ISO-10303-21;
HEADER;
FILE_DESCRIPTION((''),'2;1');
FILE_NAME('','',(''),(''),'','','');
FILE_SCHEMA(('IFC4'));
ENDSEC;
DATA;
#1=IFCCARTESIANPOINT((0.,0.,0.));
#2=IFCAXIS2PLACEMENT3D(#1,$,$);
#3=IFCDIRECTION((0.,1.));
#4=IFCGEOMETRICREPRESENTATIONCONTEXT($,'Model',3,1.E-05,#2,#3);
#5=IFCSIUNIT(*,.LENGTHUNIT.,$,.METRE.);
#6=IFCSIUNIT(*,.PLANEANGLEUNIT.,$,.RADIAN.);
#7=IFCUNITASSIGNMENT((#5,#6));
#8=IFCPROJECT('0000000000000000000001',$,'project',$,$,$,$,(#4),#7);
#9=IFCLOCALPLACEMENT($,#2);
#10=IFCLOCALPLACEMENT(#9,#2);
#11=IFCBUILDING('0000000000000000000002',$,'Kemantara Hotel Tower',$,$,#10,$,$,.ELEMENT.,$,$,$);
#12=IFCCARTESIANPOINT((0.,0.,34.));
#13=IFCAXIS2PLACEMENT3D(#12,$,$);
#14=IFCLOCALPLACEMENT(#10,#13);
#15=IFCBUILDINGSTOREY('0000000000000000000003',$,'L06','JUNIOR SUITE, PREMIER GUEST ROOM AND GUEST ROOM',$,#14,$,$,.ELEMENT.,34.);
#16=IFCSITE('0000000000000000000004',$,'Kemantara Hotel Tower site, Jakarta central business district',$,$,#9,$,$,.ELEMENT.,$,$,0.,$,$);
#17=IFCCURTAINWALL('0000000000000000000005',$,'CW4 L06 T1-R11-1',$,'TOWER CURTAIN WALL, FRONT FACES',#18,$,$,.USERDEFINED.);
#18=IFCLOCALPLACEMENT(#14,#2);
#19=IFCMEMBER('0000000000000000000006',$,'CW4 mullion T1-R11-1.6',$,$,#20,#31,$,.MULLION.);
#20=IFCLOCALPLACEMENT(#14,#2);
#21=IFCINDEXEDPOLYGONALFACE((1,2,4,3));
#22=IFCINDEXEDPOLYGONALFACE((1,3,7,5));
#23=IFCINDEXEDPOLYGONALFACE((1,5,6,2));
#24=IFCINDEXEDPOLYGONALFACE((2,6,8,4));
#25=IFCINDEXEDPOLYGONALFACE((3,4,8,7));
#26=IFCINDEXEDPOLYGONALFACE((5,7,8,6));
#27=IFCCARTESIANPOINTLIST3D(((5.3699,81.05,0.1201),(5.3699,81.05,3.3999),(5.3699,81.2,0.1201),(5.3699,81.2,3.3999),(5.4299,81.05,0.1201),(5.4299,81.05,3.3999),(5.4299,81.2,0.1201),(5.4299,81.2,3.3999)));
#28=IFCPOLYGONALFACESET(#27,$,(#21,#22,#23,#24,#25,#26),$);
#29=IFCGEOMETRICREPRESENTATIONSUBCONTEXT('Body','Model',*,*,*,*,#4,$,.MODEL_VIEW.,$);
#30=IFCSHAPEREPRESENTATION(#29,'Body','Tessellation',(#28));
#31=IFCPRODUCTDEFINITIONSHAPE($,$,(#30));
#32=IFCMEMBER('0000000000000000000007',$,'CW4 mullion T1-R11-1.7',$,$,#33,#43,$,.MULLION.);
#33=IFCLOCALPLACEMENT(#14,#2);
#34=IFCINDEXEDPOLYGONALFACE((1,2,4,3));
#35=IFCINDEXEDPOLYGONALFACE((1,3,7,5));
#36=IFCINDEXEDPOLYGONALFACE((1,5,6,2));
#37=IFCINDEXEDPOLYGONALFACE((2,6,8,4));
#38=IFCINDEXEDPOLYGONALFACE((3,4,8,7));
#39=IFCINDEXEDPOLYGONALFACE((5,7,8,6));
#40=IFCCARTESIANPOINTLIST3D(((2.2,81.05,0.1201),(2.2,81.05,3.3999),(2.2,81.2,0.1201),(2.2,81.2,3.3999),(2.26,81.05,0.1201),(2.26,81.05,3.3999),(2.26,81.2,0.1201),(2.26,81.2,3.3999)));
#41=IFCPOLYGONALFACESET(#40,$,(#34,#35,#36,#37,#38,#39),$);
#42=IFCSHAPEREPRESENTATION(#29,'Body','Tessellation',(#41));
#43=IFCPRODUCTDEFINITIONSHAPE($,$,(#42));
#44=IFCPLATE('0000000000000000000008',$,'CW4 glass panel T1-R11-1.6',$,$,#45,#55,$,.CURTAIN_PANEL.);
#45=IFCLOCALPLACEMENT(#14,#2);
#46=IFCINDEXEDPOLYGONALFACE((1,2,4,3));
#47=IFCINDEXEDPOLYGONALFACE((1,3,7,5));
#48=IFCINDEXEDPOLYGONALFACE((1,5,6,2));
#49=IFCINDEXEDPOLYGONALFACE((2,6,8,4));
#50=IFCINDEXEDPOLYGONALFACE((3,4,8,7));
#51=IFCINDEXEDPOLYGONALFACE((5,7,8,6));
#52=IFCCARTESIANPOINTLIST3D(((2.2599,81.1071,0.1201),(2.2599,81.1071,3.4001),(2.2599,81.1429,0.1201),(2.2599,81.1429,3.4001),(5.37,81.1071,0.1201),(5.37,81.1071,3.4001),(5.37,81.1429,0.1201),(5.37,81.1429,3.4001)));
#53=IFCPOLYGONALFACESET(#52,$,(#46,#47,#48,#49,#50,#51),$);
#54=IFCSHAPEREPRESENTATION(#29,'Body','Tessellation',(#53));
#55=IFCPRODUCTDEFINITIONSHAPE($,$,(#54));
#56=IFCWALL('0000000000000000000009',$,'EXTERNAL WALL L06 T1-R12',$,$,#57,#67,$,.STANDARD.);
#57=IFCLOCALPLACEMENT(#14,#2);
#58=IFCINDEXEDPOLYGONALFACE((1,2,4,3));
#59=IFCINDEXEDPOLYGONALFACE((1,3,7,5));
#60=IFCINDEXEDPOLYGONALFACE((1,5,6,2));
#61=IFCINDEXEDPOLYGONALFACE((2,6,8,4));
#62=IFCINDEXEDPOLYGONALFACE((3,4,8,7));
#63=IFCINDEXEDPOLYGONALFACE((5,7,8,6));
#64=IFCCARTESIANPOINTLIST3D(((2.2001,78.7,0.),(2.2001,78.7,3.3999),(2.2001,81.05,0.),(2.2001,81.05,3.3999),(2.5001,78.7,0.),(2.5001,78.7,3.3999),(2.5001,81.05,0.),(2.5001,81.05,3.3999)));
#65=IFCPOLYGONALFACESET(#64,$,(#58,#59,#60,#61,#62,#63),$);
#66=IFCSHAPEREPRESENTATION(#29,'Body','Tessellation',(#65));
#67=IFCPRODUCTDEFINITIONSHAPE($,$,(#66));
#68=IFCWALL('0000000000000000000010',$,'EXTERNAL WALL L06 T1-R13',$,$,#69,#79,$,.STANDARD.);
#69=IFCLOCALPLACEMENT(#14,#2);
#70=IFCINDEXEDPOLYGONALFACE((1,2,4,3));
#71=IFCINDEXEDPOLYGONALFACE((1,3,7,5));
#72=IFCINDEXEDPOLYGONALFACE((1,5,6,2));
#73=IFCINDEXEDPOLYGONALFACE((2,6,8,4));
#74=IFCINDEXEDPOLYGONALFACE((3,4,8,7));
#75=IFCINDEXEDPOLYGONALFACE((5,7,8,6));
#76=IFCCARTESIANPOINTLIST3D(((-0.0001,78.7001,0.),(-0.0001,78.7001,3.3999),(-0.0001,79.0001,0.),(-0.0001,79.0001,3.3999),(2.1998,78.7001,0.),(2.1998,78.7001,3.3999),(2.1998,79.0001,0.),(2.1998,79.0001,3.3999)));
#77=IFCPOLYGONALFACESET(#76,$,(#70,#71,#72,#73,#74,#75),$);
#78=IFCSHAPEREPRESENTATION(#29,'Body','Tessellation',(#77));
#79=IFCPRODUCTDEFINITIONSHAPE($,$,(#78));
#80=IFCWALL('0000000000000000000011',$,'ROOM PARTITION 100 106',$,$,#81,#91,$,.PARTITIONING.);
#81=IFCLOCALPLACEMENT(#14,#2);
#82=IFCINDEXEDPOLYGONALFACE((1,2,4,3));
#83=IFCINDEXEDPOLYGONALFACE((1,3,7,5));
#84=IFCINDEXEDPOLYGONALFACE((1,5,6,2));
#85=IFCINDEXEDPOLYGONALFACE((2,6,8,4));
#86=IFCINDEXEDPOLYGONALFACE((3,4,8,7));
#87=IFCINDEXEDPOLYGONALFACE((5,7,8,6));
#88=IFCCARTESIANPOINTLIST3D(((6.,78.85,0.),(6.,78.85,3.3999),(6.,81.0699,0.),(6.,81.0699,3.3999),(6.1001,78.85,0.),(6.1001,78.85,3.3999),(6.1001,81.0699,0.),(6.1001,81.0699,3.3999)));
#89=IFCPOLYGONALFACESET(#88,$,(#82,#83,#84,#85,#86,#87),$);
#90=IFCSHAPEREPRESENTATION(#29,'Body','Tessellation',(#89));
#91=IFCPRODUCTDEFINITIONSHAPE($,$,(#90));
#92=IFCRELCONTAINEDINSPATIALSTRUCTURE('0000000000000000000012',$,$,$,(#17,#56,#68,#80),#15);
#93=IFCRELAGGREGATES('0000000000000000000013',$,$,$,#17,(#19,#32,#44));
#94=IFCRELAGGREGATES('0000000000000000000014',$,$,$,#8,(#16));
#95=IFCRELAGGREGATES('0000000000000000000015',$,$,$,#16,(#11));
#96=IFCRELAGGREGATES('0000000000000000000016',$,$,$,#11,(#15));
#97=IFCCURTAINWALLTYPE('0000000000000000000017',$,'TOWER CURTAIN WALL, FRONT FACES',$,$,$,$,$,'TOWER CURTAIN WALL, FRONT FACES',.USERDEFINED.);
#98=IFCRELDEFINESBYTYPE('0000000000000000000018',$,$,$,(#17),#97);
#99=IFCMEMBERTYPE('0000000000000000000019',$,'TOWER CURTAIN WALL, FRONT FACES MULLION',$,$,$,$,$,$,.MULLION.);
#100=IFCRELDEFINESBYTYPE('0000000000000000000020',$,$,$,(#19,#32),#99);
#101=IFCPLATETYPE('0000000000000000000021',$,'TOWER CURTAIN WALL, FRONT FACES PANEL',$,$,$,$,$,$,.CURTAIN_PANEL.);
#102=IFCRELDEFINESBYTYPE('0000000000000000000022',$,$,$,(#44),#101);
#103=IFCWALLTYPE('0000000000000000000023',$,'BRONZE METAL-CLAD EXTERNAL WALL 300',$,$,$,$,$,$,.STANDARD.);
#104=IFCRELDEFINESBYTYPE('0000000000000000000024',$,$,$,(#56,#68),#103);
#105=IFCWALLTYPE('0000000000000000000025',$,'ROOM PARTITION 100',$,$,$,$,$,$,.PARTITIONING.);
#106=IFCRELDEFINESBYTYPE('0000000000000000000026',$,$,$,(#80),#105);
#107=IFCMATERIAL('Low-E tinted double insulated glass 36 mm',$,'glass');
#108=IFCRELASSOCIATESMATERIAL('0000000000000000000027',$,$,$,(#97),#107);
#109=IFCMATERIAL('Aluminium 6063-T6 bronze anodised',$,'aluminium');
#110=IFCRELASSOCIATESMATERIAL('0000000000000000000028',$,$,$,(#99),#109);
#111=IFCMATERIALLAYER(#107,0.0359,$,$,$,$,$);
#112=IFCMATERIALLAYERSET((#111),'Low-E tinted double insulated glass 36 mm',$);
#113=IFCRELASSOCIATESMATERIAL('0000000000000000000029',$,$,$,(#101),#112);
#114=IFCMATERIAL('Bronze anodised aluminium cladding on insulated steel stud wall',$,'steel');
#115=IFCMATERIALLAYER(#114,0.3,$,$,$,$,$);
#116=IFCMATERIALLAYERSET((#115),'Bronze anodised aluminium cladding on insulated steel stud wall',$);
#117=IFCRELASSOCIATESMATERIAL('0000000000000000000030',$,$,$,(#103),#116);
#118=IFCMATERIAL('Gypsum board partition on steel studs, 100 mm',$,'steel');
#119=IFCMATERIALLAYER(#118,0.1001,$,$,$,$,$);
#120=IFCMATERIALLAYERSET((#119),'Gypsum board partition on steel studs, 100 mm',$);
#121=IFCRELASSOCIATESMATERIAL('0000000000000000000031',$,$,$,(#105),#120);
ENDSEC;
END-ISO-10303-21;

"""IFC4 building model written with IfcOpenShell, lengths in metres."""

from ifc_helpers import new_model, si_unit, direction, frame, frame_2d, origin, origin_2d, place, context, subcontext, project, spatial, rectangle, extrude, source, transform, mapped, material, layer, layer_set, material_profile, profile_set, type_object, element, aggregate, save


model = new_model("IFC4")

# Units and contexts
model_context = context("Model", 3, precision=1e-05, world=origin(), true_north=direction((0.0, 1.0)))
body_context = subcontext(model_context, "Body", "Model", "MODEL_VIEW")
ifc_project = project(units=[si_unit("LENGTHUNIT", "METRE"), si_unit("PLANEANGLEUNIT", "RADIAN")], contexts=[model_context])

# Site, building, storey
site_placement = place(None, origin())
site = spatial("IfcSite", under=ifc_project, at=site_placement, Name="Kemantara Hotel Tower site, Jakarta central business district", CompositionType="ELEMENT", RefElevation=0.0)
building_placement = place(site_placement, origin())
building = spatial("IfcBuilding", under=site, at=building_placement, Name="Kemantara Hotel Tower", CompositionType="ELEMENT")
storey_placement = place(building_placement, frame((0.0, 0.0, 34.0)))
storey = spatial("IfcBuildingStorey", under=building, at=storey_placement, Name="L06", Description="JUNIOR SUITE, PREMIER GUEST ROOM AND GUEST ROOM", CompositionType="ELEMENT", Elevation=34.0)

# Curtain wall, members, plate
ifc_material_1 = material(Name="Low-E tinted double insulated glass 36 mm", Category="glass")
curtain_wall_type = type_object("IfcCurtainWallType", Name="TOWER CURTAIN WALL, FRONT FACES", ElementType="TOWER CURTAIN WALL, FRONT FACES", PredefinedType="USERDEFINED", material=ifc_material_1)
curtain_wall_placement = place(storey_placement, origin())
curtain_wall = element("IfcCurtainWall", 1, at=curtain_wall_placement, inside=storey, type_object=curtain_wall_type, Name="CW4 L06 T1-R11-1", ObjectType="TOWER CURTAIN WALL, FRONT FACES", PredefinedType="USERDEFINED")
ifc_material_2 = material(Name="Aluminium 6063-T6 bronze anodised", Category="aluminium")
ifc_material_profile = material_profile(ifc_material_2, rectangle(XDim=0.1499, YDim=0.0601, at=origin_2d()), Name="TOWER CURTAIN WALL, FRONT FACES MULLION")
ifc_profile_set = profile_set([ifc_material_profile], Name="Aluminium 6063-T6 bronze anodised")
member_type = type_object("IfcMemberType", Name="TOWER CURTAIN WALL, FRONT FACES MULLION", PredefinedType="MULLION", material=ifc_profile_set)
shared_shape_1 = source(origin(), body_context, "Body", "SweptSolid", [
    extrude(rectangle(XDim=0.1499, YDim=0.0601, at=origin_2d()), origin(), (0.0, 0.0, 1.0), 3.2798),
])
member_1_placement = place(storey_placement, frame((5.3999, 81.125, 0.1201), z_axis=(0.0, 0.0, 1.0), x_axis=(0.0, -1.0, 0.0)))
member_1 = element("IfcMember", 2, at=member_1_placement, type_object=member_type, Name="CW4 mullion T1-R11-1.6", PredefinedType="MULLION", context=body_context, shape_type="MappedRepresentation", body=[
    mapped(shared_shape_1, transform((0.0, 0.0, 0.0))),
])
member_2_placement = place(storey_placement, frame((2.23, 81.125, 0.1201), z_axis=(0.0, 0.0, 1.0), x_axis=(0.0, -1.0, 0.0)))
member_2 = element("IfcMember", 3, at=member_2_placement, type_object=member_type, Name="CW4 mullion T1-R11-1.7", PredefinedType="MULLION", context=body_context, shape_type="MappedRepresentation", body=[
    mapped(shared_shape_1, transform((0.0, 0.0, 0.0))),
])
ifc_layer_1 = layer(ifc_material_1, 0.0359)
ifc_layer_set_1 = layer_set([ifc_layer_1], Name="Low-E tinted double insulated glass 36 mm")
plate_type = type_object("IfcPlateType", Name="TOWER CURTAIN WALL, FRONT FACES PANEL", PredefinedType="CURTAIN_PANEL", material=ifc_layer_set_1)
shared_shape_2 = source(origin(), body_context, "Body", "SweptSolid", [
    extrude(rectangle(XDim=3.1101, YDim=0.0359, at=origin_2d()), origin(), (0.0, 0.0, 1.0), 3.28),
])
plate_placement = place(storey_placement, frame((3.8149, 81.125, 0.1201), z_axis=(0.0, 0.0, 1.0), x_axis=(-1.0, 0.0, 0.0)))
plate = element("IfcPlate", 4, at=plate_placement, type_object=plate_type, Name="CW4 glass panel T1-R11-1.6", PredefinedType="CURTAIN_PANEL", context=body_context, shape_type="MappedRepresentation", body=[
    mapped(shared_shape_2, transform((0.0, 0.0, 0.0))),
])
aggregate(curtain_wall, [member_1, member_2, plate])

# Walls
ifc_material_3 = material(Name="Bronze anodised aluminium cladding on insulated steel stud wall", Category="steel")
ifc_layer_2 = layer(ifc_material_3, 0.3)
ifc_layer_set_2 = layer_set([ifc_layer_2], Name="Bronze anodised aluminium cladding on insulated steel stud wall")
wall_type_1 = type_object("IfcWallType", Name="BRONZE METAL-CLAD EXTERNAL WALL 300", PredefinedType="STANDARD", material=ifc_layer_set_2)
wall_1_placement = place(storey_placement, frame((2.3501, 81.05, 0.0), z_axis=(0.0, 0.0, 1.0), x_axis=(0.0, -1.0, 0.0)))
element("IfcWall", 5, at=wall_1_placement, inside=storey, type_object=wall_type_1, Name="EXTERNAL WALL L06 T1-R12", PredefinedType="STANDARD", context=body_context, shape_type="SweptSolid", body=[
    extrude(rectangle(XDim=2.3501, YDim=0.3, at=frame_2d((1.175, 0.0))), origin(), (0.0, 0.0, 1.0), 3.3999),
])
wall_2_placement = place(storey_placement, frame((2.2, 78.8501, 0.0), z_axis=(0.0, 0.0, 1.0), x_axis=(-1.0, 0.0, 0.0)))
element("IfcWall", 6, at=wall_2_placement, inside=storey, type_object=wall_type_1, Name="EXTERNAL WALL L06 T1-R13", PredefinedType="STANDARD", context=body_context, shape_type="SweptSolid", body=[
    extrude(rectangle(XDim=2.2, YDim=0.3, at=frame_2d((1.1001, 0.0))), origin(), (0.0, 0.0, 1.0), 3.3999),
])

# Wall
ifc_material_4 = material(Name="Gypsum board partition on steel studs, 100 mm", Category="steel")
ifc_layer_3 = layer(ifc_material_4, 0.1001)
ifc_layer_set_3 = layer_set([ifc_layer_3], Name="Gypsum board partition on steel studs, 100 mm")
wall_type_2 = type_object("IfcWallType", Name="ROOM PARTITION 100", PredefinedType="PARTITIONING", material=ifc_layer_set_3)
wall_3_placement = place(storey_placement, frame((6.05, 78.8501, 0.0), z_axis=(0.0, 0.0, 1.0), x_axis=(0.0, 1.0, 0.0)))
element("IfcWall", 7, at=wall_3_placement, inside=storey, type_object=wall_type_2, Name="ROOM PARTITION 100 106", PredefinedType="PARTITIONING", context=body_context, shape_type="SweptSolid", body=[
    extrude(rectangle(XDim=2.22, YDim=0.1001, at=frame_2d((1.1099, 0.0))), origin(), (0.0, 0.0, 1.0), 3.3999),
])

save(model, "model.ifc")
